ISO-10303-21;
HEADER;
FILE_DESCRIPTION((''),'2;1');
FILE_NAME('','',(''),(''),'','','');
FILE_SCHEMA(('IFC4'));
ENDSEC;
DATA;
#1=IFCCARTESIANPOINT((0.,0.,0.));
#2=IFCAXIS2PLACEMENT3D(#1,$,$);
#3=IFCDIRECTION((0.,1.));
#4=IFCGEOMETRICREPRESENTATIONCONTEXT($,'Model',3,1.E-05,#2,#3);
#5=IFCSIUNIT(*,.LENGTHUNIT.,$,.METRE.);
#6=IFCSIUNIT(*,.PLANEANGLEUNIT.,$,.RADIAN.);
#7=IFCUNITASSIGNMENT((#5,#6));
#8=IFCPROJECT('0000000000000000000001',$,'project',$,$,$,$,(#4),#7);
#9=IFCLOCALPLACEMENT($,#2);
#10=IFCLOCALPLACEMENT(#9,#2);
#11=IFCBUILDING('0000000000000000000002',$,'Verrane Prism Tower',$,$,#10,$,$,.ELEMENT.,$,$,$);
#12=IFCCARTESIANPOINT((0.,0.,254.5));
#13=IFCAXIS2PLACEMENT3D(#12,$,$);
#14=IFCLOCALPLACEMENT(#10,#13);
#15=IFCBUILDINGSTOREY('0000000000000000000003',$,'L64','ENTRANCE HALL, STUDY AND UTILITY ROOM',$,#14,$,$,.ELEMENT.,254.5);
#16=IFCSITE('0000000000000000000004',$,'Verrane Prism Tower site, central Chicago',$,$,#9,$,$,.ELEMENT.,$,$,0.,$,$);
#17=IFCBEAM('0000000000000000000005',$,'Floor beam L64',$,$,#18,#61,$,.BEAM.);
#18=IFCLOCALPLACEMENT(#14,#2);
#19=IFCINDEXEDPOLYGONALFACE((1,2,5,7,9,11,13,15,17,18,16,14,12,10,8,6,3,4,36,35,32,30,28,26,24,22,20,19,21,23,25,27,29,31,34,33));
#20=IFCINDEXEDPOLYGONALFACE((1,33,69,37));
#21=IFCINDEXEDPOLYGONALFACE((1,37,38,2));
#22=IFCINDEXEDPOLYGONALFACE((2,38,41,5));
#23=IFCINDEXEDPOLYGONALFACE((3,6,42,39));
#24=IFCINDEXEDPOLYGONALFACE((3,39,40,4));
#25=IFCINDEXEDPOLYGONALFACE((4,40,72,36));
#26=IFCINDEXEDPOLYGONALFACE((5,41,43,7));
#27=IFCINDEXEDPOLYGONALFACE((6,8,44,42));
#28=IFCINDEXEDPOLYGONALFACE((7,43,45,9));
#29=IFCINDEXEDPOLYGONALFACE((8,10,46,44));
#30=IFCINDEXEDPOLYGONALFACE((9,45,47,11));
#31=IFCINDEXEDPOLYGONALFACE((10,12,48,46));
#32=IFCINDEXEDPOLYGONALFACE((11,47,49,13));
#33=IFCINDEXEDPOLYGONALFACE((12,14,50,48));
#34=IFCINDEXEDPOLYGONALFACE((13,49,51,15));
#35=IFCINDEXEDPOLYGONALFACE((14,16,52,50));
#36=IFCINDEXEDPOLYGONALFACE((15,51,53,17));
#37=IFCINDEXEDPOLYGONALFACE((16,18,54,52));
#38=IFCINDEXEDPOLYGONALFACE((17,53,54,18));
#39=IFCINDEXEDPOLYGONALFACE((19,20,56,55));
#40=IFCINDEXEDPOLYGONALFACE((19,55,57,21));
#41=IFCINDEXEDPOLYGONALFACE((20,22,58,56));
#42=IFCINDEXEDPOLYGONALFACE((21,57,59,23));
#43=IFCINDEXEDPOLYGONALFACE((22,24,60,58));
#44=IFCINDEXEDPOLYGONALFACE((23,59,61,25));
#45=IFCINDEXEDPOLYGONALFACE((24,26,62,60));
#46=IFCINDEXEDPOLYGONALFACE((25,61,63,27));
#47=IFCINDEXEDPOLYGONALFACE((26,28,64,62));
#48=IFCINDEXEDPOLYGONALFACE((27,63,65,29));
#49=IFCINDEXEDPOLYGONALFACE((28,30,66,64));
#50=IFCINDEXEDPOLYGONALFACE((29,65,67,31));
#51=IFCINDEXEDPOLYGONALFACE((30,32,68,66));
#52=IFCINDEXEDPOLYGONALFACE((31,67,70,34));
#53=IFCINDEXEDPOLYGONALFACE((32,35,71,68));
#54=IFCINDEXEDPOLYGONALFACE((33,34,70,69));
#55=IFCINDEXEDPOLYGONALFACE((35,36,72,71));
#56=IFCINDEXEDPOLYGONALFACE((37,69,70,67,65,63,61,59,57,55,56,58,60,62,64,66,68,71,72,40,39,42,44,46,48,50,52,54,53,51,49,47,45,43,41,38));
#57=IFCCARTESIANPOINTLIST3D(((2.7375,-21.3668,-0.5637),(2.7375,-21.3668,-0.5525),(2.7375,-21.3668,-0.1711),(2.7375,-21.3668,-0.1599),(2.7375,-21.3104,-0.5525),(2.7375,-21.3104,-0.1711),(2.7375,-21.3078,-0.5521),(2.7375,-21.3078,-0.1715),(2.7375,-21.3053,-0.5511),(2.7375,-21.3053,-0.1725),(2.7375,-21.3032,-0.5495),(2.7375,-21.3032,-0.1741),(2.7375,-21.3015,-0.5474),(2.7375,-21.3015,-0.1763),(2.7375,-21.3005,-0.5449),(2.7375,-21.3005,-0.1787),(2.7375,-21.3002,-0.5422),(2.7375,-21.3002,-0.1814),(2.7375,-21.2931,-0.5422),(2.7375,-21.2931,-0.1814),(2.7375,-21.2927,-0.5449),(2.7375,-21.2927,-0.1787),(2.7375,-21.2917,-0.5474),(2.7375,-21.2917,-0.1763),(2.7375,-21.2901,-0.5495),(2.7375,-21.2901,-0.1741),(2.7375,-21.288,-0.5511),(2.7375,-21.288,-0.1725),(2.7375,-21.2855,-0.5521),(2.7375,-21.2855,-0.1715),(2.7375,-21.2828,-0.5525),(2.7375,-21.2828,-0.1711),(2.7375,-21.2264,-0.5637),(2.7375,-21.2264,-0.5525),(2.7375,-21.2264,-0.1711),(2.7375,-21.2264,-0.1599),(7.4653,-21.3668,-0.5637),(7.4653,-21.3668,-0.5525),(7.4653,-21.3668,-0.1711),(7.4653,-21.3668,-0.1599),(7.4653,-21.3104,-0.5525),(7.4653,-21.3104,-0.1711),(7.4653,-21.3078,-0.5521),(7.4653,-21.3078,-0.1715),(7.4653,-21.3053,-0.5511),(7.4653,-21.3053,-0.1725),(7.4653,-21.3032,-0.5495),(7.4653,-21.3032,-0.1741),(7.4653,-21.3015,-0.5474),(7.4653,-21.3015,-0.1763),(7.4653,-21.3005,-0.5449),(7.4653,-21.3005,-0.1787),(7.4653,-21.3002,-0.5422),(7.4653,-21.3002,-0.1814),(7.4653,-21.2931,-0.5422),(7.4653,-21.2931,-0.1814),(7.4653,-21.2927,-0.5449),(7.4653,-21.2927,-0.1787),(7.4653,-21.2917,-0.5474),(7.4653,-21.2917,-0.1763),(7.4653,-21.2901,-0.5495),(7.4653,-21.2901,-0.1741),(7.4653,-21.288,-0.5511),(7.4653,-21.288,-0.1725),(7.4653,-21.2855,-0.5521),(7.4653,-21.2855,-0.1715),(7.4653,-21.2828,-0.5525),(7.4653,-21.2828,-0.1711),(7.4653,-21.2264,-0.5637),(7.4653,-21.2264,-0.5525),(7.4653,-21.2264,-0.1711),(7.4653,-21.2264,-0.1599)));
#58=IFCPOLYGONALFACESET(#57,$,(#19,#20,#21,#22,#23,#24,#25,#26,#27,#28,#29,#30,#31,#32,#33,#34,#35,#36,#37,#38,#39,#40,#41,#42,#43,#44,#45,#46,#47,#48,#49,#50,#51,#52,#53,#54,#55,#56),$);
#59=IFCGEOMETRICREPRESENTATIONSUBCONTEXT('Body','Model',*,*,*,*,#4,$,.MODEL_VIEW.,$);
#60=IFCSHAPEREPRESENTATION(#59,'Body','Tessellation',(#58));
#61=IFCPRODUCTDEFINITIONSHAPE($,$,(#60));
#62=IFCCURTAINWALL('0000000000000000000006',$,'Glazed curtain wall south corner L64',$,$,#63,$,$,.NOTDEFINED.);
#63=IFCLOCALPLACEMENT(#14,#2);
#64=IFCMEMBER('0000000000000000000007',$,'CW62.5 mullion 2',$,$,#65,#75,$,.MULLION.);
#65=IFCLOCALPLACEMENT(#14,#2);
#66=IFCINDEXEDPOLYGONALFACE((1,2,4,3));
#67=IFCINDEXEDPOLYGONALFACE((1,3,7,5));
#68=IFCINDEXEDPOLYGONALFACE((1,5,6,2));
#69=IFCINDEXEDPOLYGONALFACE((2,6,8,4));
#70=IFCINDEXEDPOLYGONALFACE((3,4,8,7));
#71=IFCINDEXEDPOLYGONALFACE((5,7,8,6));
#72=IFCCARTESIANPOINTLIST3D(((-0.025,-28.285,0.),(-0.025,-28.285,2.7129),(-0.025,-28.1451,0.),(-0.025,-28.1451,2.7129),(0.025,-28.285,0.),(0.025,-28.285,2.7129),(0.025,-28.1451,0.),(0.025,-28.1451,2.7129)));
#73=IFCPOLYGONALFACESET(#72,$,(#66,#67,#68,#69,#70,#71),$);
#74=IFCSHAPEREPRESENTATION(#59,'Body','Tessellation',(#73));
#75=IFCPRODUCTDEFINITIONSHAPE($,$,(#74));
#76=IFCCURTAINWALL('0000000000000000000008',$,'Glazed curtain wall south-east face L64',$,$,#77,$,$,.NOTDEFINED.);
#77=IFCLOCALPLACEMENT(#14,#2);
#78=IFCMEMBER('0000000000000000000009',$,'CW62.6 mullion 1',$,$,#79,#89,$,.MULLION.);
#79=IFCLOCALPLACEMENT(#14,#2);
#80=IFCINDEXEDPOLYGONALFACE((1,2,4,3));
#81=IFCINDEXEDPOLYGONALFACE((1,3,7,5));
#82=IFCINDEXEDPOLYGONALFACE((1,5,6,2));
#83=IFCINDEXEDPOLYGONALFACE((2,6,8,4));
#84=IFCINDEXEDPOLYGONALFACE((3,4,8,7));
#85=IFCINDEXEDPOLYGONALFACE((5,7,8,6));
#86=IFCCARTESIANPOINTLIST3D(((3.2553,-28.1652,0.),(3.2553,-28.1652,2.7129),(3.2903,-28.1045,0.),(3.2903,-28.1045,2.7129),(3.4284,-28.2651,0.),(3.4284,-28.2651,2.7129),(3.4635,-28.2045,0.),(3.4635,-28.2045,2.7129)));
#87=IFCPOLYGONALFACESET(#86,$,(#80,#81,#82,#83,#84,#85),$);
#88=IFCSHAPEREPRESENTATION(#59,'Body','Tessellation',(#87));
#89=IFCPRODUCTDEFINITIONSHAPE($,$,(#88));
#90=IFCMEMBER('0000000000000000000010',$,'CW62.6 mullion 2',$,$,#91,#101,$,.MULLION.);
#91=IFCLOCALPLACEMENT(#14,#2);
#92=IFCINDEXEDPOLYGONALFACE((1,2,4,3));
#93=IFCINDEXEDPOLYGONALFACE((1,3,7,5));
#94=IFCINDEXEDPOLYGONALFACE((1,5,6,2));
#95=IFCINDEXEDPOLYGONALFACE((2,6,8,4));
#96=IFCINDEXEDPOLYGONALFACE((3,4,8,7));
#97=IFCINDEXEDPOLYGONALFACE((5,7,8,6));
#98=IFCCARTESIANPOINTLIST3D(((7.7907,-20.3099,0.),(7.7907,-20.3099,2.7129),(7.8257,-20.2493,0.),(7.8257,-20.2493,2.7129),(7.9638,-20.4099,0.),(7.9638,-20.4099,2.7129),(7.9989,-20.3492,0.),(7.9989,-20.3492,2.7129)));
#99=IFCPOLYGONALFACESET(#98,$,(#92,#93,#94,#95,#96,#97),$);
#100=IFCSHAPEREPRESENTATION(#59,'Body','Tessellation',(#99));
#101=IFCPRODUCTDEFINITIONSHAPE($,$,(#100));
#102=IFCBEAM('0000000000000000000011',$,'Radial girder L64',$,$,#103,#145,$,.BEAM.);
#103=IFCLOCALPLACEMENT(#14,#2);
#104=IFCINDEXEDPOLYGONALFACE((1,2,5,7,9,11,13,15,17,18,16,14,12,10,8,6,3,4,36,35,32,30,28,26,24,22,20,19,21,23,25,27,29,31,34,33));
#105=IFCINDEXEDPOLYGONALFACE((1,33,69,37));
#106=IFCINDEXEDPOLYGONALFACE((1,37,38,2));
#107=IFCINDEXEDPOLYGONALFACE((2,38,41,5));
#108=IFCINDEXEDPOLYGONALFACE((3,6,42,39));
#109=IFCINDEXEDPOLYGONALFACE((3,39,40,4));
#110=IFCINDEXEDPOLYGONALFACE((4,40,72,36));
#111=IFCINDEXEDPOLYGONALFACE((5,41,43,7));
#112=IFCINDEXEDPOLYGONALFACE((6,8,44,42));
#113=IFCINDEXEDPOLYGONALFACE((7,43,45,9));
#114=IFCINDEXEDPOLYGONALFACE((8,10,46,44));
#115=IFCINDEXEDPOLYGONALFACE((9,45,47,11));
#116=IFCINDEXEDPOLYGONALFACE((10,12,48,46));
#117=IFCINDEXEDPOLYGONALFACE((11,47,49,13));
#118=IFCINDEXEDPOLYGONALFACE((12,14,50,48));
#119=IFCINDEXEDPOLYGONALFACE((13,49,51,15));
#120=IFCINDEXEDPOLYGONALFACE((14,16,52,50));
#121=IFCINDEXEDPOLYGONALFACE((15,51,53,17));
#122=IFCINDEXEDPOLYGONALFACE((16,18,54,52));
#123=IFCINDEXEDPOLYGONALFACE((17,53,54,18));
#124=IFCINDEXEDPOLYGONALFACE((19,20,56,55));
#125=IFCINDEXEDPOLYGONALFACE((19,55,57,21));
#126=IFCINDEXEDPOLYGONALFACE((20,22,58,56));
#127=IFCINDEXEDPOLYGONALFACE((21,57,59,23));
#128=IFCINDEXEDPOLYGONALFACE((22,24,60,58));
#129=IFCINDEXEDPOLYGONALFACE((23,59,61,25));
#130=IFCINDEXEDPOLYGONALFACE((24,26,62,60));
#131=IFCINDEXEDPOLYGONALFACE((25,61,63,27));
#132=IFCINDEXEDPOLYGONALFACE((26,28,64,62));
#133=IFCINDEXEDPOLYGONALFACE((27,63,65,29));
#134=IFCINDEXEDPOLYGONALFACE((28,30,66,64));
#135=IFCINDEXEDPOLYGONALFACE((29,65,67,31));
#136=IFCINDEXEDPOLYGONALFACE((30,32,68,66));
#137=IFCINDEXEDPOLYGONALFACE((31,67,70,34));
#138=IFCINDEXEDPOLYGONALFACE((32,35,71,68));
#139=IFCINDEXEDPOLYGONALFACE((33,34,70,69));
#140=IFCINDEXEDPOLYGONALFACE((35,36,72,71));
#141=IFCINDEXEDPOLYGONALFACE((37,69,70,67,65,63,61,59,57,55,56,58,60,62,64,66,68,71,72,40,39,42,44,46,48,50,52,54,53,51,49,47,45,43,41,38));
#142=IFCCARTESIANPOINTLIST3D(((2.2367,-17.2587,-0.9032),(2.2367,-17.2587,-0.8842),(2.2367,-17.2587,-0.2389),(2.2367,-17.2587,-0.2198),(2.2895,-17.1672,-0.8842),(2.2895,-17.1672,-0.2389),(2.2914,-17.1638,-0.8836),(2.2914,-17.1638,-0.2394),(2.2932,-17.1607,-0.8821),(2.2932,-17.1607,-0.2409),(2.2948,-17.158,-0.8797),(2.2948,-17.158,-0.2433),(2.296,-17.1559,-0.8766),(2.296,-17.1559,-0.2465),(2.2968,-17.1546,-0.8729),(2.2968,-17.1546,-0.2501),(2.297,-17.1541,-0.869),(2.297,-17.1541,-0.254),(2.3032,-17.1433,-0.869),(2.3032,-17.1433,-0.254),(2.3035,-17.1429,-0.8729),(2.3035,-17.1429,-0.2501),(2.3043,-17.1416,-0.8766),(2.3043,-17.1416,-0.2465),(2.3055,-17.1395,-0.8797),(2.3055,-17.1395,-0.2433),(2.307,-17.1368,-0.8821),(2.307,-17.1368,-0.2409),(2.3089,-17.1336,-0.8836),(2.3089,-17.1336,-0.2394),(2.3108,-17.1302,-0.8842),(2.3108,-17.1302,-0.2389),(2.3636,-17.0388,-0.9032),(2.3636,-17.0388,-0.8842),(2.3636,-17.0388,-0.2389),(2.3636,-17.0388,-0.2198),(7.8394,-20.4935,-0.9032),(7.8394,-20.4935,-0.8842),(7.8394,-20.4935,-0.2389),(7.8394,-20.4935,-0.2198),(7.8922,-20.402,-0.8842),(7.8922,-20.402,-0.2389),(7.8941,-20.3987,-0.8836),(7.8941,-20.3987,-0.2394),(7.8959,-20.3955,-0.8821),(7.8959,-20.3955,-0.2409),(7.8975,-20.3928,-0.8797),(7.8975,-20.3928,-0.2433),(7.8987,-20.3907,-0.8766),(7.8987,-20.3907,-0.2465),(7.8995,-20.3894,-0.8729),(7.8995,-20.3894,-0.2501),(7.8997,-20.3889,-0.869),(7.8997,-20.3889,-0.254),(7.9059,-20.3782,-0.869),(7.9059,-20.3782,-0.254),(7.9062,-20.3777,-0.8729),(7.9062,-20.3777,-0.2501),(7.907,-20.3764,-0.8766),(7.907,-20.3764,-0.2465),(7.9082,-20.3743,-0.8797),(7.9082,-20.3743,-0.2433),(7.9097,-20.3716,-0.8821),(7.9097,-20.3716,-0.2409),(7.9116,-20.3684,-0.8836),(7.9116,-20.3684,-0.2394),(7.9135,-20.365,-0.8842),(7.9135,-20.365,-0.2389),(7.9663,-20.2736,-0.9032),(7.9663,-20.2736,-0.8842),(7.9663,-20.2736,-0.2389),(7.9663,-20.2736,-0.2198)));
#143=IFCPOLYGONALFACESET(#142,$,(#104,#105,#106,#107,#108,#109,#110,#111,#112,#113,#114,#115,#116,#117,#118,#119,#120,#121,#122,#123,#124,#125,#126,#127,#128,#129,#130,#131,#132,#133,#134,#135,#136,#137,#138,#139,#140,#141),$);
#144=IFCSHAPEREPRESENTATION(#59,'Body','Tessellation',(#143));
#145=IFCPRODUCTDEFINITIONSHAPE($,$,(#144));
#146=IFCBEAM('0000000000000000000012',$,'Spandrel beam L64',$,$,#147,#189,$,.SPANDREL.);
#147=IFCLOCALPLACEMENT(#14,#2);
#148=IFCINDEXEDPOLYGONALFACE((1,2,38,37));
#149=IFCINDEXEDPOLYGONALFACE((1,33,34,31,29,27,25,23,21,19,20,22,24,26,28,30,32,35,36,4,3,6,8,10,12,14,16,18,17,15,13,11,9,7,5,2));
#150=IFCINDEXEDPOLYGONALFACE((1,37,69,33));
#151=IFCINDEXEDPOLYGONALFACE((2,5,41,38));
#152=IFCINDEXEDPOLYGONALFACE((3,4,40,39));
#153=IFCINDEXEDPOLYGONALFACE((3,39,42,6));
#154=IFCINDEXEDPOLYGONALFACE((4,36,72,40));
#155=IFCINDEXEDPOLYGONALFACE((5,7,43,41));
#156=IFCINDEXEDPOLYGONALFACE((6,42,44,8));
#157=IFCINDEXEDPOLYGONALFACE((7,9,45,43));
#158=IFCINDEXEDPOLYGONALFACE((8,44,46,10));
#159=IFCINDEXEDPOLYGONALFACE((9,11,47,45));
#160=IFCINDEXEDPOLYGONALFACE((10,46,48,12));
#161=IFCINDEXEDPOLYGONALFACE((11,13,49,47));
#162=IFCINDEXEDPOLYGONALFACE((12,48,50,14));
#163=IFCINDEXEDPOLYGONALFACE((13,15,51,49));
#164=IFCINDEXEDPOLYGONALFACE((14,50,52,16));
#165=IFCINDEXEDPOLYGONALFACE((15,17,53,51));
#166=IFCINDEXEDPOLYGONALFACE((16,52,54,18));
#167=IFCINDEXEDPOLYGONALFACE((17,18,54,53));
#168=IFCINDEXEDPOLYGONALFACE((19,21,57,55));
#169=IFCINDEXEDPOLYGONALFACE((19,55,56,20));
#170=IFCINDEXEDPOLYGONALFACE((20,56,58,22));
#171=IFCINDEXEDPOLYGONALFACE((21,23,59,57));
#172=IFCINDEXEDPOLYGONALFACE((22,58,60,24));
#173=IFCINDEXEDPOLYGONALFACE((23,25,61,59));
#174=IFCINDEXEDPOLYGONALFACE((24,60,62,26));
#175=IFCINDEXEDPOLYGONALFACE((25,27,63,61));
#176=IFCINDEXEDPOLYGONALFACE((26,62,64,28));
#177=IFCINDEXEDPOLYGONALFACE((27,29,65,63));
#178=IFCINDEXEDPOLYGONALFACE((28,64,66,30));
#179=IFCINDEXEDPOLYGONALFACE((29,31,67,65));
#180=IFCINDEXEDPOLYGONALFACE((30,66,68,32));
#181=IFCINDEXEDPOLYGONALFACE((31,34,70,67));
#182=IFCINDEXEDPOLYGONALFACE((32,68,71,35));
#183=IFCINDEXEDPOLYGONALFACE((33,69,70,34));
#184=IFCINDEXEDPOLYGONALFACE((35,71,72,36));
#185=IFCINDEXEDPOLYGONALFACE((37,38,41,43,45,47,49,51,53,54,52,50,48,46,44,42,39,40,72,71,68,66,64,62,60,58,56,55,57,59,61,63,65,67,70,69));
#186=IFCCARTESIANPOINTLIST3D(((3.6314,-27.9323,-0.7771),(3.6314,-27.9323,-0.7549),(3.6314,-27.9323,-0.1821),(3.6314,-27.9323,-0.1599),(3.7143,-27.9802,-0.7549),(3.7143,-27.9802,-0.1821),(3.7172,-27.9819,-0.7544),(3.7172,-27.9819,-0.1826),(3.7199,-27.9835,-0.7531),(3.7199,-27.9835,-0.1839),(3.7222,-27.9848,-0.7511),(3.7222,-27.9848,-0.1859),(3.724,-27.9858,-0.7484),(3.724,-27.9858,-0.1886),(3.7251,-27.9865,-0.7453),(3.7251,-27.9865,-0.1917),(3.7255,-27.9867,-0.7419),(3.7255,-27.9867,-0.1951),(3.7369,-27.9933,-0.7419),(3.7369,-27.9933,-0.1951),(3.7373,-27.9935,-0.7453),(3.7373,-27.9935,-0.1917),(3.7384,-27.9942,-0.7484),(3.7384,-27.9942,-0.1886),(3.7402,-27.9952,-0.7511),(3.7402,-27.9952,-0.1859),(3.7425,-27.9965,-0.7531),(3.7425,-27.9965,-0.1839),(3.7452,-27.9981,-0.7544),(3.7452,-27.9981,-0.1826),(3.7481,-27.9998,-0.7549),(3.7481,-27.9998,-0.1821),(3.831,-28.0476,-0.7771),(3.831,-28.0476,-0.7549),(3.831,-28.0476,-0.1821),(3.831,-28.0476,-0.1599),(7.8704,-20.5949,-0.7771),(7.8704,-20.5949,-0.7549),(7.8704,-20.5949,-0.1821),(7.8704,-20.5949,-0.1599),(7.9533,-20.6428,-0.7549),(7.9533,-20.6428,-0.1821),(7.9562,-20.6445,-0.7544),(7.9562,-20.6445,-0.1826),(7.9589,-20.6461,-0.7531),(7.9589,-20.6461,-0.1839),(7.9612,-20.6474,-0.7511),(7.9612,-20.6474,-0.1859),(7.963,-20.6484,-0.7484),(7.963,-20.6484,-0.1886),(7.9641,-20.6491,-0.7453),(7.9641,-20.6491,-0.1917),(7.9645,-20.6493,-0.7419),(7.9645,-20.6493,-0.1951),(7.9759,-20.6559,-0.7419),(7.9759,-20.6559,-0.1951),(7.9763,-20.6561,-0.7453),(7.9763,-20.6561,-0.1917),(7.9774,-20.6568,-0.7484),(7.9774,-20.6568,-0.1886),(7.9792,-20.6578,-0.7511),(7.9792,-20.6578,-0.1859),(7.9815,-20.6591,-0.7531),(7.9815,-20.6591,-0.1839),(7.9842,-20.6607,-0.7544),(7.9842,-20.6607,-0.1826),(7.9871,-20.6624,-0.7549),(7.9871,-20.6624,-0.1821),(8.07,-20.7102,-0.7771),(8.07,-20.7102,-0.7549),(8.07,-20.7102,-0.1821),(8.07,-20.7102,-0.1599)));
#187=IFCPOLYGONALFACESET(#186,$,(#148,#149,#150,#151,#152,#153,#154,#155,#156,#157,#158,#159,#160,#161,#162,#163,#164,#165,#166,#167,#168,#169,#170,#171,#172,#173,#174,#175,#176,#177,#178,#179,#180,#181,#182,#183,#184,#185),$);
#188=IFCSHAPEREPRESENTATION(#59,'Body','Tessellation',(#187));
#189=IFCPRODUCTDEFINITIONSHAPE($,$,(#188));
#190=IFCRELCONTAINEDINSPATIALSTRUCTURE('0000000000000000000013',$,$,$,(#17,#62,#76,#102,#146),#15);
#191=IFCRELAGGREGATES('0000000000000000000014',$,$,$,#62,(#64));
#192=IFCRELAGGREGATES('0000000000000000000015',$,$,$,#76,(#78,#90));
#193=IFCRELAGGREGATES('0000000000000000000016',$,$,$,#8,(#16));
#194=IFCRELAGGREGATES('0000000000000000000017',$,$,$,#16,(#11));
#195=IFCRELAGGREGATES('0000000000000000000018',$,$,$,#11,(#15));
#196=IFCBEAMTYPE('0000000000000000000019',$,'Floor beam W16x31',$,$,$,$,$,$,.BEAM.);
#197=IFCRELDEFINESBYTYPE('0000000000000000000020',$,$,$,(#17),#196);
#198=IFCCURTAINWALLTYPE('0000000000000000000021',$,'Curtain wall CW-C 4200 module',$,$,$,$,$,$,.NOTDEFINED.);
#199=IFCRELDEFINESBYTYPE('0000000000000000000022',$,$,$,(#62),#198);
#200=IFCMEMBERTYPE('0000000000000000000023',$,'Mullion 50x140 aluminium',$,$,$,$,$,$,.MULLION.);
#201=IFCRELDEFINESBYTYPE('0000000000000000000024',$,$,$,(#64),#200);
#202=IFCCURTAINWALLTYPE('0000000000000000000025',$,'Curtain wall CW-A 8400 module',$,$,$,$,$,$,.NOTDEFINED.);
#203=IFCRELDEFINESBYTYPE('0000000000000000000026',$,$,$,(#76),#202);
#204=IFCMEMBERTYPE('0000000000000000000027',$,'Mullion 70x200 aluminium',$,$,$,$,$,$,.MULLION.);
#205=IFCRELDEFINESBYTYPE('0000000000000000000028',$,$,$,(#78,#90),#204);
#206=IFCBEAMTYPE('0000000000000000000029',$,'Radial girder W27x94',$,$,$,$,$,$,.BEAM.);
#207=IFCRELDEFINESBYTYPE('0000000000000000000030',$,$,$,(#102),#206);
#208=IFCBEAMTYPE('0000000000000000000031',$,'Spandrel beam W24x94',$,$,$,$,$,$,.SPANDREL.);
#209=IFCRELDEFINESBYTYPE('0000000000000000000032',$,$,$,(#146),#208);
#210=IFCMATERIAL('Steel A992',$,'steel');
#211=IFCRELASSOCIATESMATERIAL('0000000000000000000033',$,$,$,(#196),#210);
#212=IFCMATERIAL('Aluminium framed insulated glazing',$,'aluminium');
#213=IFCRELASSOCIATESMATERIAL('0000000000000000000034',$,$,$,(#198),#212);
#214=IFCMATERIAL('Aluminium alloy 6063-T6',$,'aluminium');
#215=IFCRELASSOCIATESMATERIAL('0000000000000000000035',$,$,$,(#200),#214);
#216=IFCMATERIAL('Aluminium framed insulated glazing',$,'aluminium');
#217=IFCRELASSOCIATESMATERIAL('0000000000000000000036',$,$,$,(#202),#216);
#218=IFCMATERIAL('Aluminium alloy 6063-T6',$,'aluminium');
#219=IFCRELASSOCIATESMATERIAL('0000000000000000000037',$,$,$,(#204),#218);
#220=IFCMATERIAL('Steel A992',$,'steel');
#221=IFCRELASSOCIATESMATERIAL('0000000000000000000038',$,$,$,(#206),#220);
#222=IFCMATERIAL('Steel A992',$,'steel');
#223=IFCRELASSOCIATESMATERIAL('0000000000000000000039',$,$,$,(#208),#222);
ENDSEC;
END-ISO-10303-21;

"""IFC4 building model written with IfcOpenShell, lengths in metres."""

from ifc_helpers import new_model, si_unit, direction, frame, origin, origin_2d, place, context, subcontext, project, spatial, rectangle, i_section, extrude, material, material_profile, profile_set, type_object, element, aggregate, save


model = new_model("IFC4")

# Units and contexts
model_context = context("Model", 3, precision=1e-05, world=origin(), true_north=direction((0.0, 1.0)))
body_context = subcontext(model_context, "Body", "Model", "MODEL_VIEW")
ifc_project = project(units=[si_unit("LENGTHUNIT", "METRE"), si_unit("PLANEANGLEUNIT", "RADIAN")], contexts=[model_context])

# Site, building, storey
site_placement = place(None, origin())
site = spatial("IfcSite", under=ifc_project, at=site_placement, Name="Verrane Prism Tower site, central Chicago", CompositionType="ELEMENT", RefElevation=0.0)
building_placement = place(site_placement, origin())
building = spatial("IfcBuilding", under=site, at=building_placement, Name="Verrane Prism Tower", CompositionType="ELEMENT")
storey_placement = place(building_placement, frame((0.0, 0.0, 254.5)))
storey = spatial("IfcBuildingStorey", under=building, at=storey_placement, Name="L64", Description="ENTRANCE HALL, STUDY AND UTILITY ROOM", CompositionType="ELEMENT", Elevation=254.5)

# Beam
ifc_material_1 = material(Name="Steel A992", Category="steel")
ifc_material_profile_1 = material_profile(ifc_material_1, i_section(OverallWidth=0.1404, OverallDepth=0.4038, WebThickness=0.0071, FlangeThickness=0.0112, FilletRadius=0.0103, at=origin_2d()), Name="W16x31")
ifc_profile_set_1 = profile_set([ifc_material_profile_1], Name="Steel A992")
beam_type_1 = type_object("IfcBeamType", Name="Floor beam W16x31", PredefinedType="BEAM", material=ifc_profile_set_1)
beam_1_placement = place(storey_placement, frame((2.7375, -21.2966, -0.3618), z_axis=(1.0, 0.0, 0.0), x_axis=(0.0, 1.0, 0.0)))
element("IfcBeam", 1, at=beam_1_placement, inside=storey, type_object=beam_type_1, Name="Floor beam L64", PredefinedType="BEAM", context=body_context, shape_type="SweptSolid", body=[
    extrude(i_section(OverallWidth=0.1404, OverallDepth=0.4038, WebThickness=0.0071, FlangeThickness=0.0112, FilletRadius=0.0103, at=origin_2d()), origin(), (0.0, 0.0, 1.0), 4.7278),
])

# Curtain wall, member
ifc_material_2 = material(Name="Aluminium framed insulated glazing", Category="aluminium")
curtain_wall_type_1 = type_object("IfcCurtainWallType", Name="Curtain wall CW-C 4200 module", PredefinedType="NOTDEFINED", material=ifc_material_2)
curtain_wall_1_placement = place(storey_placement, origin())
curtain_wall_1 = element("IfcCurtainWall", 2, at=curtain_wall_1_placement, inside=storey, type_object=curtain_wall_type_1, Name="Glazed curtain wall south corner L64", PredefinedType="NOTDEFINED")
ifc_material_3 = material(Name="Aluminium alloy 6063-T6", Category="aluminium")
ifc_material_profile_2 = material_profile(ifc_material_3, rectangle(XDim=0.1399, YDim=0.05, at=origin_2d()), Name="Mullion 50x140 aluminium")
ifc_profile_set_2 = profile_set([ifc_material_profile_2], Name="Aluminium alloy 6063-T6")
member_type_1 = type_object("IfcMemberType", Name="Mullion 50x140 aluminium", PredefinedType="MULLION", material=ifc_profile_set_2)
member_1_placement = place(storey_placement, frame((0.0, -28.2151, 0.0), z_axis=(0.0, 0.0, 1.0), x_axis=(0.0, 1.0, 0.0)))
member_1 = element("IfcMember", 3, at=member_1_placement, type_object=member_type_1, Name="CW62.5 mullion 2", PredefinedType="MULLION", context=body_context, shape_type="SweptSolid", body=[
    extrude(rectangle(XDim=0.1399, YDim=0.05, at=origin_2d()), origin(), (0.0, 0.0, 1.0), 2.7129),
])

# Curtain wall, members
ifc_material_4 = material(Name="Aluminium framed insulated glazing", Category="aluminium")
curtain_wall_type_2 = type_object("IfcCurtainWallType", Name="Curtain wall CW-A 8400 module", PredefinedType="NOTDEFINED", material=ifc_material_4)
curtain_wall_2_placement = place(storey_placement, origin())
curtain_wall_2 = element("IfcCurtainWall", 4, at=curtain_wall_2_placement, inside=storey, type_object=curtain_wall_type_2, Name="Glazed curtain wall south-east face L64", PredefinedType="NOTDEFINED")
ifc_material_5 = material(Name="Aluminium alloy 6063-T6", Category="aluminium")
ifc_material_profile_3 = material_profile(ifc_material_5, rectangle(XDim=0.2, YDim=0.0701, at=origin_2d()), Name="Mullion 70x200 aluminium")
ifc_profile_set_3 = profile_set([ifc_material_profile_3], Name="Aluminium alloy 6063-T6")
member_type_2 = type_object("IfcMemberType", Name="Mullion 70x200 aluminium", PredefinedType="MULLION", material=ifc_profile_set_3)
member_2_placement = place(storey_placement, frame((3.3594, -28.1848, 0.0), z_axis=(0.0, 0.0, 1.0), x_axis=(-0.866026, 0.5, 0.0)))
member_2 = element("IfcMember", 5, at=member_2_placement, type_object=member_type_2, Name="CW62.6 mullion 1", PredefinedType="MULLION", context=body_context, shape_type="SweptSolid", body=[
    extrude(rectangle(XDim=0.2, YDim=0.0701, at=origin_2d()), origin(), (0.0, 0.0, 1.0), 2.7129),
])
member_3_placement = place(storey_placement, frame((7.8948, -20.3296, 0.0), z_axis=(0.0, 0.0, 1.0), x_axis=(-0.866026, 0.5, 0.0)))
member_3 = element("IfcMember", 6, at=member_3_placement, type_object=member_type_2, Name="CW62.6 mullion 2", PredefinedType="MULLION", context=body_context, shape_type="SweptSolid", body=[
    extrude(rectangle(XDim=0.2, YDim=0.0701, at=origin_2d()), origin(), (0.0, 0.0, 1.0), 2.7129),
])

# Beams
ifc_material_6 = material(Name="Steel A992", Category="steel")
ifc_material_profile_4 = material_profile(ifc_material_6, i_section(OverallWidth=0.2539, OverallDepth=0.6833, WebThickness=0.0125, FlangeThickness=0.019, FilletRadius=0.0151, at=origin_2d()), Name="W27x94")
ifc_profile_set_4 = profile_set([ifc_material_profile_4], Name="Steel A992")
beam_type_2 = type_object("IfcBeamType", Name="Radial girder W27x94", PredefinedType="BEAM", material=ifc_profile_set_4)
beam_2_placement = place(storey_placement, frame((7.9028, -20.3835, -0.5615), z_axis=(-0.866019, 0.500011, 0.0), x_axis=(-0.500011, -0.866019, 0.0)))
element("IfcBeam", 7, at=beam_2_placement, inside=storey, type_object=beam_type_2, Name="Radial girder L64", PredefinedType="BEAM", context=body_context, shape_type="SweptSolid", body=[
    extrude(i_section(OverallWidth=0.2539, OverallDepth=0.6833, WebThickness=0.0125, FlangeThickness=0.019, FilletRadius=0.0151, at=origin_2d()), origin(), (0.0, 0.0, 1.0), 6.4695),
])
ifc_material_7 = material(Name="Steel A992", Category="steel")
ifc_material_profile_5 = material_profile(ifc_material_7, i_section(OverallWidth=0.2305, OverallDepth=0.6172, WebThickness=0.0132, FlangeThickness=0.0222, FilletRadius=0.0129, at=origin_2d()), Name="W24x94")
ifc_profile_set_5 = profile_set([ifc_material_profile_5], Name="Steel A992")
beam_type_3 = type_object("IfcBeamType", Name="Spandrel beam W24x94", PredefinedType="SPANDREL", material=ifc_profile_set_5)
beam_3_placement = place(storey_placement, frame((3.7312, -27.99, -0.4685), z_axis=(0.500244, 0.865884, 0.0), x_axis=(-0.865884, 0.500244, 0.0)))
element("IfcBeam", 8, at=beam_3_placement, inside=storey, type_object=beam_type_3, Name="Spandrel beam L64", PredefinedType="SPANDREL", context=body_context, shape_type="SweptSolid", body=[
    extrude(i_section(OverallWidth=0.2305, OverallDepth=0.6172, WebThickness=0.0132, FlangeThickness=0.0222, FilletRadius=0.0129, at=origin_2d()), origin(), (0.0, 0.0, 1.0), 8.4739),
])

aggregate(curtain_wall_1, [member_1])
aggregate(curtain_wall_2, [member_2, member_3])

save(model, "model.ifc")
